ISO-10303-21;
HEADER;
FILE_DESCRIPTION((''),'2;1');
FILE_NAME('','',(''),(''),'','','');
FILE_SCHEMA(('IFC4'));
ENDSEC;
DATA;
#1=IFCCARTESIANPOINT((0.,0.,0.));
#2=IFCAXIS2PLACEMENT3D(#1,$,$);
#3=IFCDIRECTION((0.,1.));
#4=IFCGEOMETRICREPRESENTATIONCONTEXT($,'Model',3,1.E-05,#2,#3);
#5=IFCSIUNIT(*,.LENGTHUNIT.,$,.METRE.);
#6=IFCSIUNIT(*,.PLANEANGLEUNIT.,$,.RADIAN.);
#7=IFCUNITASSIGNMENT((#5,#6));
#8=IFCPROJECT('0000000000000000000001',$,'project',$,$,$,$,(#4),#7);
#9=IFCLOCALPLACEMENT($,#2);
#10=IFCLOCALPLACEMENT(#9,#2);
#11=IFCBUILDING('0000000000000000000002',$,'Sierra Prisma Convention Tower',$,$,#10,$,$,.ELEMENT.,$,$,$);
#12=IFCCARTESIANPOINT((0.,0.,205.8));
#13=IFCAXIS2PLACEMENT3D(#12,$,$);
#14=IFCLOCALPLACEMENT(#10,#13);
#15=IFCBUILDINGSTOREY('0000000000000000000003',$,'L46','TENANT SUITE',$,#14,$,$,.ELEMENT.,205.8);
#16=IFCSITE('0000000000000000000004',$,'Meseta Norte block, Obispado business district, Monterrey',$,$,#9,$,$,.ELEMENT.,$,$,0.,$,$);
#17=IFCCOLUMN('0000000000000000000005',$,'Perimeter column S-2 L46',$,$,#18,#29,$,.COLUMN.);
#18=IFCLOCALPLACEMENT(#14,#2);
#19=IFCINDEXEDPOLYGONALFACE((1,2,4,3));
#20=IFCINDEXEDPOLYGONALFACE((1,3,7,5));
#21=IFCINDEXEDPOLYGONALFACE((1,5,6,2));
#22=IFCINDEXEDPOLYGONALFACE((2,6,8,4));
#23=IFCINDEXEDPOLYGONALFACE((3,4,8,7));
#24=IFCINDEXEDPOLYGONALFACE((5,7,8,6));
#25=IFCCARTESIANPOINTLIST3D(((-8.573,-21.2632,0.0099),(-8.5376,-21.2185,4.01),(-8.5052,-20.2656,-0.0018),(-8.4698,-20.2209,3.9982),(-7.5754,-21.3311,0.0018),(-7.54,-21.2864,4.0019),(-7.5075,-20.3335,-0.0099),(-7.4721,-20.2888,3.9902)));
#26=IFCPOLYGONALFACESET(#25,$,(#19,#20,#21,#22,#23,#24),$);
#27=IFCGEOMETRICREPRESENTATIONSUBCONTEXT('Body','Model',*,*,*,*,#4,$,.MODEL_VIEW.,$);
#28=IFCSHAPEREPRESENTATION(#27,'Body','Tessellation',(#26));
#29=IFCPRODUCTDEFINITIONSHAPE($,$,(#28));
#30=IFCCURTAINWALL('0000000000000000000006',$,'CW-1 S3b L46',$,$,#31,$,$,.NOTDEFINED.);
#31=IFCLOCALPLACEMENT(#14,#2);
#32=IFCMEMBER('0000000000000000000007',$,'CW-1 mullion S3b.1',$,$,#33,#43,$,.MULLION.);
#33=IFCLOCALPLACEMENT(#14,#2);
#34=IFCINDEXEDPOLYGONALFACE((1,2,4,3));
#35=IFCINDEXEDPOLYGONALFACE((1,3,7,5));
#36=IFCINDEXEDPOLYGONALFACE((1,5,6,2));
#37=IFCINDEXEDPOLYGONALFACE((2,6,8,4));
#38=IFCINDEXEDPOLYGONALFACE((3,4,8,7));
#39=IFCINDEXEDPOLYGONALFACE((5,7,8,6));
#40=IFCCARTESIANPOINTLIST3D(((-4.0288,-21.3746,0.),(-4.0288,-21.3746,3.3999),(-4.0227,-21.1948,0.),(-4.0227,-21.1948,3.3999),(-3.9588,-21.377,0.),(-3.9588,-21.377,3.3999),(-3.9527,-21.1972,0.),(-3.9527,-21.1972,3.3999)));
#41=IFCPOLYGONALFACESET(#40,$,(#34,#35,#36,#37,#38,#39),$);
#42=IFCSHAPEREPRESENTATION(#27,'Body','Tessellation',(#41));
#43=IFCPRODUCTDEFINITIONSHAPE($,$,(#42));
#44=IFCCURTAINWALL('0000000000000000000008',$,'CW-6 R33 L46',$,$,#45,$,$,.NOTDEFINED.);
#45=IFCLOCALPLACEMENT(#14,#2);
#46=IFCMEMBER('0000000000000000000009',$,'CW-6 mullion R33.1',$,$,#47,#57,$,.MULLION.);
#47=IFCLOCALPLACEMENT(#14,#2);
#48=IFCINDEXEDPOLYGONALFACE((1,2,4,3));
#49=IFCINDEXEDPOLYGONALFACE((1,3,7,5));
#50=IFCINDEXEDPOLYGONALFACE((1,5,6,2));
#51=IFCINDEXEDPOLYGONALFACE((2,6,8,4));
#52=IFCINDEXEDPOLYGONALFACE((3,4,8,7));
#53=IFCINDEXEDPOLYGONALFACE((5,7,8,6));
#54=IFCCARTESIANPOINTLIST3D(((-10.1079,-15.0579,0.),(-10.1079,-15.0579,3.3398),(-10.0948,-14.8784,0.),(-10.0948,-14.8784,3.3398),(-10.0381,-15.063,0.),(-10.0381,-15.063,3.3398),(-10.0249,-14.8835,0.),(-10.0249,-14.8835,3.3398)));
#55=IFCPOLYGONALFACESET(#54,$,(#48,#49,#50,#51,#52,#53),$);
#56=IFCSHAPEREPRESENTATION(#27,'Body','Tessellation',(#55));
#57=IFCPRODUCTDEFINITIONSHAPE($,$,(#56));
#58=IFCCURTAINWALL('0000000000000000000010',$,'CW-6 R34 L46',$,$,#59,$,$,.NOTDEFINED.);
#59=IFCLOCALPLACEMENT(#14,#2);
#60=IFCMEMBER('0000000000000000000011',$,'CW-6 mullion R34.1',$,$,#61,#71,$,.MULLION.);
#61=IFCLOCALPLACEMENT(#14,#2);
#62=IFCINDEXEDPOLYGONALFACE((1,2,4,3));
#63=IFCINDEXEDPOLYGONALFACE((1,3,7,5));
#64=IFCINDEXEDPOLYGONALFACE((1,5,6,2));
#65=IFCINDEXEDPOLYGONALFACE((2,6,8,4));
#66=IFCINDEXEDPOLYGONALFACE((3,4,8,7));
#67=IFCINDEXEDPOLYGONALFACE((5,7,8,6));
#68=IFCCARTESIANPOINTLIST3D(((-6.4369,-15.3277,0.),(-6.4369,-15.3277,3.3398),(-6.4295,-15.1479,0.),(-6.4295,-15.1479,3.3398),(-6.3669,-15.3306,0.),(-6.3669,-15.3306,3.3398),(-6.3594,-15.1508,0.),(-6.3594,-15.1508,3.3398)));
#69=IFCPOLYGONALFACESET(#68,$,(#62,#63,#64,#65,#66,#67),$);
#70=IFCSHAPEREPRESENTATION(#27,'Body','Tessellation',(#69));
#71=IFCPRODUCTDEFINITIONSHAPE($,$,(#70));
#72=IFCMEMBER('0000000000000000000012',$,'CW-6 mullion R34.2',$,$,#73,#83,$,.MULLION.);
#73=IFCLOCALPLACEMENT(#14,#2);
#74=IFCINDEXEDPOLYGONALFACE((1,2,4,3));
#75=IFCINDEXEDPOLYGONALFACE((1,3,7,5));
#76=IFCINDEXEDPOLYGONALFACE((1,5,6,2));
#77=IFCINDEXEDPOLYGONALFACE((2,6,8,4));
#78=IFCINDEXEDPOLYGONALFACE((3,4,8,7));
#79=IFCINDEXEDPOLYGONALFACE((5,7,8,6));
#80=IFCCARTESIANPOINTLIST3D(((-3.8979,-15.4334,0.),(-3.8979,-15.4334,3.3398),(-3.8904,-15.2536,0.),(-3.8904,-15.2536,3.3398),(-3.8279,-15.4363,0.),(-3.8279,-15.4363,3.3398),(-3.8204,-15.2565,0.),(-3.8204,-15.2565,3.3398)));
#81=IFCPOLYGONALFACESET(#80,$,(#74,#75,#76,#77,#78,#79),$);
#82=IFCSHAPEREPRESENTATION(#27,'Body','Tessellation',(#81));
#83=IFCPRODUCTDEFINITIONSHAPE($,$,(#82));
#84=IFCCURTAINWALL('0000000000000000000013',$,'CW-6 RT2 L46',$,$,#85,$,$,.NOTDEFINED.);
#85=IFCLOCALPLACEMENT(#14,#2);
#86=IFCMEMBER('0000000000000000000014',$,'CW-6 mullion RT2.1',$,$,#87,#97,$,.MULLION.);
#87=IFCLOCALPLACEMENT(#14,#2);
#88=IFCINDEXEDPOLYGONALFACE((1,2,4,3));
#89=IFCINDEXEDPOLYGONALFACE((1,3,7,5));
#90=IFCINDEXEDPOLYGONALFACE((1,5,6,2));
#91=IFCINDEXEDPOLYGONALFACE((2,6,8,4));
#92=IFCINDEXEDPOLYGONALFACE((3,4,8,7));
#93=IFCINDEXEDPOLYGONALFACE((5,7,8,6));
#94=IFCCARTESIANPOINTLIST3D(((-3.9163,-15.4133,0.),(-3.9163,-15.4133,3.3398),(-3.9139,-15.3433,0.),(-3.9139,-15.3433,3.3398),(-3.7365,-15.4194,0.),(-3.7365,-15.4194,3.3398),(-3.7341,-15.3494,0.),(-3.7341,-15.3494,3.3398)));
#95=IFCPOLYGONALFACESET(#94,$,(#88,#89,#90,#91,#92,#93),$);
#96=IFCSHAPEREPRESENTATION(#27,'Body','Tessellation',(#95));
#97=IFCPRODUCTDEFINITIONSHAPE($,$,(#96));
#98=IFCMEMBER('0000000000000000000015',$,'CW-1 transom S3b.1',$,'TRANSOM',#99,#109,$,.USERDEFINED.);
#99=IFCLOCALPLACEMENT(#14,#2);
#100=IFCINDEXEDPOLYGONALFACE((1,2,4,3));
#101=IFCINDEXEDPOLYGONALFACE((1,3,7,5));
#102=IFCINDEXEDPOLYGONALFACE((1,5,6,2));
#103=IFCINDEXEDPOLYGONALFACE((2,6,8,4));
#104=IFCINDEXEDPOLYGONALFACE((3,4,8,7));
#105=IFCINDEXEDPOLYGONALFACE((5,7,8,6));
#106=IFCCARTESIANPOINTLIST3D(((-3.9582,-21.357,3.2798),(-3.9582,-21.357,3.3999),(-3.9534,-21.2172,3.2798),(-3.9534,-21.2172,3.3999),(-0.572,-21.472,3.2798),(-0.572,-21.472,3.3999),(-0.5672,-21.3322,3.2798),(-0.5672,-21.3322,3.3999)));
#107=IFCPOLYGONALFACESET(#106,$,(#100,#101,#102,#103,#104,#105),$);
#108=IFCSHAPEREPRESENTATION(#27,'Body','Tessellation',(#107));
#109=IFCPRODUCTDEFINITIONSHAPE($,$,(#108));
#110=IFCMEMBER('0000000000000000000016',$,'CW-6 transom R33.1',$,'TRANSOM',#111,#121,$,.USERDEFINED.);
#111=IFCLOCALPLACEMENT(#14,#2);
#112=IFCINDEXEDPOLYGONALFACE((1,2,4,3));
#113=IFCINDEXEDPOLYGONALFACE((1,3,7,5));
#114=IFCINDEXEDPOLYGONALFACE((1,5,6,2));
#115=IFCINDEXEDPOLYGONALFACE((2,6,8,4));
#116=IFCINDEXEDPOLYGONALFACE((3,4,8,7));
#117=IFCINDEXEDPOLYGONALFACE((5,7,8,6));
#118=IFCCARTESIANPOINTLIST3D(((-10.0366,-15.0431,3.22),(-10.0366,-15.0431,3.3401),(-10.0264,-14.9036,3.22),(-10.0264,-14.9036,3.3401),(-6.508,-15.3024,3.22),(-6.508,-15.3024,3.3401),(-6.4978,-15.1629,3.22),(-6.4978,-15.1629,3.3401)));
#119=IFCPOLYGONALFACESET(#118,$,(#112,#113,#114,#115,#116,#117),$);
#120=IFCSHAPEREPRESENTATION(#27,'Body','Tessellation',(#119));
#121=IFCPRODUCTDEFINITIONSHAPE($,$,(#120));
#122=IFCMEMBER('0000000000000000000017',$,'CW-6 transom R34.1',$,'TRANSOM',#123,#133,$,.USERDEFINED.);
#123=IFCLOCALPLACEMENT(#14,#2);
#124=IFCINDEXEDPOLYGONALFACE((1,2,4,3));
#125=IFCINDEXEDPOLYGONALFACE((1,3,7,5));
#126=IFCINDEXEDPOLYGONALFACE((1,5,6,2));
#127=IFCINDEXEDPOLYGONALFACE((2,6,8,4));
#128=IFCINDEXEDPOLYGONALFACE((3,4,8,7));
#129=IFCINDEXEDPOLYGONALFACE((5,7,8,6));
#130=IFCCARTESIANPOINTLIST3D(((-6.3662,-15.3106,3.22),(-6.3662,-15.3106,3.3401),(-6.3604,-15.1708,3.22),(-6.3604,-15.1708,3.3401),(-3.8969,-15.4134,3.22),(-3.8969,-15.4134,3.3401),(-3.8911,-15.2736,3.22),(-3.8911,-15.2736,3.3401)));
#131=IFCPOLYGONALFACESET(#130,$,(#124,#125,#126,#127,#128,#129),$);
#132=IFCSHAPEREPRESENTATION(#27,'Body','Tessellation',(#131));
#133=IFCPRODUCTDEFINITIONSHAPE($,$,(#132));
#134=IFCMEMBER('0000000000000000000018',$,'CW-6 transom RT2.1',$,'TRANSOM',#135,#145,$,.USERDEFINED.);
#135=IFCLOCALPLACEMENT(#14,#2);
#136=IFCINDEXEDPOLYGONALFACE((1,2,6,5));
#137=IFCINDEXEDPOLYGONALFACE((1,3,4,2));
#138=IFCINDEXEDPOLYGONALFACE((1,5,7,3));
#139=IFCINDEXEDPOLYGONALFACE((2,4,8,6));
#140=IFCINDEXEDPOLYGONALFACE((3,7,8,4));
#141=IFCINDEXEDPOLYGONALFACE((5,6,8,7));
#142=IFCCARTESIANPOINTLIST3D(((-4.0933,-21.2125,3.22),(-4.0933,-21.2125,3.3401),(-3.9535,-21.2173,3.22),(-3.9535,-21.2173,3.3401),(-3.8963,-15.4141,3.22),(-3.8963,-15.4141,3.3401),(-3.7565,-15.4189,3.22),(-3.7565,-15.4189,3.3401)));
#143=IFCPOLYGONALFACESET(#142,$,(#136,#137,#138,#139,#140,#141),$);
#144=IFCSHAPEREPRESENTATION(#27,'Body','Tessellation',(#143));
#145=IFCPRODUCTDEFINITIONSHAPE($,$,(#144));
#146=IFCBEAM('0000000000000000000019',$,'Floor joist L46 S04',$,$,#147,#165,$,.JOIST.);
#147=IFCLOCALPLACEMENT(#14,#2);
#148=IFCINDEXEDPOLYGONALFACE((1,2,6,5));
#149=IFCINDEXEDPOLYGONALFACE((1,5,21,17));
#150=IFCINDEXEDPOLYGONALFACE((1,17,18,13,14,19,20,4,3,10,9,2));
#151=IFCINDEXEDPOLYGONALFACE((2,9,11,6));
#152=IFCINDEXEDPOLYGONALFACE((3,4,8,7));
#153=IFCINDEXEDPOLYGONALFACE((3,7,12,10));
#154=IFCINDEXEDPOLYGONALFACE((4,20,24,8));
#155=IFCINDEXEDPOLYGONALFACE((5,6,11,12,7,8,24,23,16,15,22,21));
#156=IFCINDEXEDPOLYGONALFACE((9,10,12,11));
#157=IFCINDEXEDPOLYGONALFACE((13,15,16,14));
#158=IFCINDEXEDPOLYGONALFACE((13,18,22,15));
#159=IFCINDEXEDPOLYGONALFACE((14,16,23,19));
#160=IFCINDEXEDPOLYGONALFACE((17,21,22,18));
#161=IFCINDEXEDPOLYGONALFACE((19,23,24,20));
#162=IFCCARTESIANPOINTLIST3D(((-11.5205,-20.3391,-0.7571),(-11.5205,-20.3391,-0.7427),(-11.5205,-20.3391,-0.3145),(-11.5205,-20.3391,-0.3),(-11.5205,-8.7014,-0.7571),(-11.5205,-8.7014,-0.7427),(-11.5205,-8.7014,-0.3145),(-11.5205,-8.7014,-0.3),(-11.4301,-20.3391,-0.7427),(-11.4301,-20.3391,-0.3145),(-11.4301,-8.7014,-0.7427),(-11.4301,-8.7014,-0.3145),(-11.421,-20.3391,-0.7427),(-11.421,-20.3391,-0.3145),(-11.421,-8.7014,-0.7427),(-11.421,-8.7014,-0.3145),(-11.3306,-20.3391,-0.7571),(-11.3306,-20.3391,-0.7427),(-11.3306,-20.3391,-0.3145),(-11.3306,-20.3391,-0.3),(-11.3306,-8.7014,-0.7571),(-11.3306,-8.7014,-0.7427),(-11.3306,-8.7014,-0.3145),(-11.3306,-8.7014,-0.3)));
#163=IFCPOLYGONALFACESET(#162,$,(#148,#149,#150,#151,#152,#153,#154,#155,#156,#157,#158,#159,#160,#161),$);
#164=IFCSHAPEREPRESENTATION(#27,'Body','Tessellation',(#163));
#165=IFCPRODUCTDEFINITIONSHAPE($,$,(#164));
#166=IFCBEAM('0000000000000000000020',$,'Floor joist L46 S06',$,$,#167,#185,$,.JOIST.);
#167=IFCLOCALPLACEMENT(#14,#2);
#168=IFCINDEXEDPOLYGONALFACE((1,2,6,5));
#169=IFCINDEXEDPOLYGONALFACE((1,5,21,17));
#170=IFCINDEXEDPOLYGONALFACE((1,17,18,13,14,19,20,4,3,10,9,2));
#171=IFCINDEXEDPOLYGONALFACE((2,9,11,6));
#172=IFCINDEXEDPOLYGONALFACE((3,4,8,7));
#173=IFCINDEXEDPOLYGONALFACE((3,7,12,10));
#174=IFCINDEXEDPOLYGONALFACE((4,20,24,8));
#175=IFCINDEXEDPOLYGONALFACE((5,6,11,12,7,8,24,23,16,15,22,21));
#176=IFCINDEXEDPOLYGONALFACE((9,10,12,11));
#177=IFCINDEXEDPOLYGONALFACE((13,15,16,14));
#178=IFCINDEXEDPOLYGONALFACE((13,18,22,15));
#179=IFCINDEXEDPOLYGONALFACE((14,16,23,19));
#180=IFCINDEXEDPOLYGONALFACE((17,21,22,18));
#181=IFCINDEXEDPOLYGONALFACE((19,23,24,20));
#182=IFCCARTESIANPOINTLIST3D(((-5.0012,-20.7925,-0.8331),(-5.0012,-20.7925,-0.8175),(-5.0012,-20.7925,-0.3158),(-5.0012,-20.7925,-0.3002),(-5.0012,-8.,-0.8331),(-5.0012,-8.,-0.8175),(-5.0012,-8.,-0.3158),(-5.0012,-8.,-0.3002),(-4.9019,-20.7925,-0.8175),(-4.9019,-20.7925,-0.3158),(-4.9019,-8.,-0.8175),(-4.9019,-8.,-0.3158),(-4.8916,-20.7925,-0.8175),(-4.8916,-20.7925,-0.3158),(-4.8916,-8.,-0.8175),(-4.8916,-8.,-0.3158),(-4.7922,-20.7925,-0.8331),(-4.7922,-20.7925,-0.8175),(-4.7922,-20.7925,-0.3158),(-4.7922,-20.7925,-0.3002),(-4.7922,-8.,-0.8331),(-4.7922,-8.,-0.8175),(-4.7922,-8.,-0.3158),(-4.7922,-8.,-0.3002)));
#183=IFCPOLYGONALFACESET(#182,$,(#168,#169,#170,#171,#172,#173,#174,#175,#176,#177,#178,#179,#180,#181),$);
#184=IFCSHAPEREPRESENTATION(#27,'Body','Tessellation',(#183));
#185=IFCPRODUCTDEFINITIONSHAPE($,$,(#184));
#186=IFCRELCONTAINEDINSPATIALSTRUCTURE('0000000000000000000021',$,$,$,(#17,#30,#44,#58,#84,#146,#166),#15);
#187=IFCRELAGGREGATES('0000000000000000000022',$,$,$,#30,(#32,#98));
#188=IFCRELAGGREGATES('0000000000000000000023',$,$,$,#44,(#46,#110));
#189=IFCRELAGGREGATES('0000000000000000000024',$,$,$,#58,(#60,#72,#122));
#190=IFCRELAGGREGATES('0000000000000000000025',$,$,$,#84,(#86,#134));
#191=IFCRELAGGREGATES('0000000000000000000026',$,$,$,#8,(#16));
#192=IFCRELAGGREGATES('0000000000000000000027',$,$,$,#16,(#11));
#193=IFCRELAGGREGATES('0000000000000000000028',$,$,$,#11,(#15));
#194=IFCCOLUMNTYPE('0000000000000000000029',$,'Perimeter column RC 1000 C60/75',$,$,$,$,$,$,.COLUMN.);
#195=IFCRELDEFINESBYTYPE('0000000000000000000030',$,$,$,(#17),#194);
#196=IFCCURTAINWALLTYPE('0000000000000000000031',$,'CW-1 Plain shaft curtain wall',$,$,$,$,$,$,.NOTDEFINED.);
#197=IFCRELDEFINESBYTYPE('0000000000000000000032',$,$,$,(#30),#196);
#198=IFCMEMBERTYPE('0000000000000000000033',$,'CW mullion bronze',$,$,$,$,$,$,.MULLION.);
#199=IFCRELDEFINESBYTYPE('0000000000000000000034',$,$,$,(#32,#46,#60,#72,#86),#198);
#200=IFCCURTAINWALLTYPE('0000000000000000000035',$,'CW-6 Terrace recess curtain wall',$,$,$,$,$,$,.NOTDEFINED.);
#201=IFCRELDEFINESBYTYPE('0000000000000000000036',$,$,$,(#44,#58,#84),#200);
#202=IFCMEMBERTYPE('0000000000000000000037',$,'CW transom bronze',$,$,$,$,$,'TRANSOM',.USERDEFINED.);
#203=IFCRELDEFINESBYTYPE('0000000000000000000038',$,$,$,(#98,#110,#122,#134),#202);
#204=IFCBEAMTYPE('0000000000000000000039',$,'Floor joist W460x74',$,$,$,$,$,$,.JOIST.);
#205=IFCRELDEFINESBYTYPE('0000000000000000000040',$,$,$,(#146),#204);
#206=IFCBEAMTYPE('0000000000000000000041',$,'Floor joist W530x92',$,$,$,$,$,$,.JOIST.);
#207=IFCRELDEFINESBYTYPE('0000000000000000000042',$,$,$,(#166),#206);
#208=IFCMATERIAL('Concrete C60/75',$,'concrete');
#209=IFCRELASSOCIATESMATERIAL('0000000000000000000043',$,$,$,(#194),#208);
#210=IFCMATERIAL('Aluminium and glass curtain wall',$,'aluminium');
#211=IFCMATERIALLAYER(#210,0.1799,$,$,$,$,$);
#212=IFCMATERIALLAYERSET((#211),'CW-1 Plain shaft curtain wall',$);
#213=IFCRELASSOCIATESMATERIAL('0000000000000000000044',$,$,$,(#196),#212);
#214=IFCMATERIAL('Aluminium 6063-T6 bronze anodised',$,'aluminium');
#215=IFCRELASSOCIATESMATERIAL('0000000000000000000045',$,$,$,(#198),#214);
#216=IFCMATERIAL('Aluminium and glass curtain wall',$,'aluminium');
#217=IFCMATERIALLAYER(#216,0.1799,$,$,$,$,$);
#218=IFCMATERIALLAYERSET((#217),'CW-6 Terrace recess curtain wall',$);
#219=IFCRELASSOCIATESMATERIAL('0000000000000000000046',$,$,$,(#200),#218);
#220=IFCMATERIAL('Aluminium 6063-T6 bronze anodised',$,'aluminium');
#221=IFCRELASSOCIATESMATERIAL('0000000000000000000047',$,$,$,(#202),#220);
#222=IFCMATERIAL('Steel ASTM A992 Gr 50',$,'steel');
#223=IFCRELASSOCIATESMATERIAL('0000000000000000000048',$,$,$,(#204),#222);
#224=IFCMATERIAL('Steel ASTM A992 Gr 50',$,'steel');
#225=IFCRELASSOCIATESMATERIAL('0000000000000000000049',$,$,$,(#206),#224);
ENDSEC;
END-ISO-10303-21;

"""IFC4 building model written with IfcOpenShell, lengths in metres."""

from ifc_helpers import new_model, si_unit, direction, frame, origin, origin_2d, place, context, subcontext, project, spatial, rectangle, i_section, extrude, material, layer, layer_set, material_profile, profile_set, type_object, element, aggregate, save


model = new_model("IFC4")

# Units and contexts
model_context = context("Model", 3, precision=1e-05, world=origin(), true_north=direction((0.0, 1.0)))
body_context = subcontext(model_context, "Body", "Model", "MODEL_VIEW")
ifc_project = project(units=[si_unit("LENGTHUNIT", "METRE"), si_unit("PLANEANGLEUNIT", "RADIAN")], contexts=[model_context])

# Site, building, storey
site_placement = place(None, origin())
site = spatial("IfcSite", under=ifc_project, at=site_placement, Name="Meseta Norte block, Obispado business district, Monterrey", CompositionType="ELEMENT", RefElevation=0.0)
building_placement = place(site_placement, origin())
building = spatial("IfcBuilding", under=site, at=building_placement, Name="Sierra Prisma Convention Tower", CompositionType="ELEMENT")
storey_placement = place(building_placement, frame((0.0, 0.0, 205.8)))
storey = spatial("IfcBuildingStorey", under=building, at=storey_placement, Name="L46", Description="TENANT SUITE", CompositionType="ELEMENT", Elevation=205.8)

# Column
ifc_material_1 = material(Name="Concrete C60/75", Category="concrete")
ifc_material_profile_1 = material_profile(ifc_material_1, rectangle(XDim=1.0, YDim=1.0, at=origin_2d()), Name="Perimeter column RC 1000 C60/75")
ifc_profile_set_1 = profile_set([ifc_material_profile_1], Name="Concrete C60/75")
column_type = type_object("IfcColumnType", Name="Perimeter column RC 1000 C60/75", PredefinedType="COLUMN", material=ifc_profile_set_1)
column_placement = place(storey_placement, frame((-8.0403, -20.7983, 0.0), z_axis=(0.008849, 0.011168, 0.999898), x_axis=(-0.997657, 0.067941, 0.00807)))
element("IfcColumn", 1, at=column_placement, inside=storey, type_object=column_type, Name="Perimeter column S-2 L46", PredefinedType="COLUMN", context=body_context, shape_type="SweptSolid", body=[
    extrude(rectangle(XDim=1.0, YDim=1.0, at=origin_2d()), origin(), (0.0, 0.0, 1.0), 4.0005),
])

# Curtain walls, members
ifc_material_2 = material(Name="Aluminium and glass curtain wall", Category="aluminium")
ifc_layer_1 = layer(ifc_material_2, 0.1799)
ifc_layer_set_1 = layer_set([ifc_layer_1], Name="CW-1 Plain shaft curtain wall")
curtain_wall_type_1 = type_object("IfcCurtainWallType", Name="CW-1 Plain shaft curtain wall", PredefinedType="NOTDEFINED", material=ifc_layer_set_1)
curtain_wall_1_placement = place(storey_placement, origin())
curtain_wall_1 = element("IfcCurtainWall", 2, at=curtain_wall_1_placement, inside=storey, type_object=curtain_wall_type_1, Name="CW-1 S3b L46", PredefinedType="NOTDEFINED")
ifc_material_3 = material(Name="Aluminium 6063-T6 bronze anodised", Category="aluminium")
ifc_material_profile_2 = material_profile(ifc_material_3, rectangle(XDim=0.1799, YDim=0.0701, at=origin_2d()), Name="ALU MULLION 70x180")
ifc_profile_set_2 = profile_set([ifc_material_profile_2], Name="Aluminium 6063-T6 bronze anodised")
member_type_1 = type_object("IfcMemberType", Name="CW mullion bronze", PredefinedType="MULLION", material=ifc_profile_set_2)
member_1_placement = place(storey_placement, frame((-3.9907, -21.2859, 0.0), z_axis=(0.0, 0.0, 1.0), x_axis=(0.033943, 0.999424, 0.0)))
member_1 = element("IfcMember", 3, at=member_1_placement, type_object=member_type_1, Name="CW-1 mullion S3b.1", PredefinedType="MULLION", context=body_context, shape_type="SweptSolid", body=[
    extrude(rectangle(XDim=0.1799, YDim=0.0701, at=origin_2d()), origin(), (0.0, 0.0, 1.0), 3.3999),
])
ifc_material_4 = material(Name="Aluminium and glass curtain wall", Category="aluminium")
ifc_layer_2 = layer(ifc_material_4, 0.1799)
ifc_layer_set_2 = layer_set([ifc_layer_2], Name="CW-6 Terrace recess curtain wall")
curtain_wall_type_2 = type_object("IfcCurtainWallType", Name="CW-6 Terrace recess curtain wall", PredefinedType="NOTDEFINED", material=ifc_layer_set_2)
curtain_wall_2_placement = place(storey_placement, origin())
curtain_wall_2 = element("IfcCurtainWall", 4, at=curtain_wall_2_placement, inside=storey, type_object=curtain_wall_type_2, Name="CW-6 R33 L46", PredefinedType="NOTDEFINED")
member_2_placement = place(storey_placement, frame((-10.0664, -14.9707, 0.0), z_axis=(0.0, 0.0, 1.0), x_axis=(0.073265, 0.997312, 0.0)))
member_2 = element("IfcMember", 5, at=member_2_placement, type_object=member_type_1, Name="CW-6 mullion R33.1", PredefinedType="MULLION", context=body_context, shape_type="SweptSolid", body=[
    extrude(rectangle(XDim=0.1799, YDim=0.0701, at=origin_2d()), origin(), (0.0, 0.0, 1.0), 3.3398),
])

# Curtain wall, members
curtain_wall_3_placement = place(storey_placement, origin())
curtain_wall_3 = element("IfcCurtainWall", 6, at=curtain_wall_3_placement, inside=storey, type_object=curtain_wall_type_2, Name="CW-6 R34 L46", PredefinedType="NOTDEFINED")
member_3_placement = place(storey_placement, frame((-6.3982, -15.2393, 0.0), z_axis=(0.0, 0.0, 1.0), x_axis=(0.041645, 0.999132, 0.0)))
member_3 = element("IfcMember", 7, at=member_3_placement, type_object=member_type_1, Name="CW-6 mullion R34.1", PredefinedType="MULLION", context=body_context, shape_type="SweptSolid", body=[
    extrude(rectangle(XDim=0.1799, YDim=0.0701, at=origin_2d()), origin(), (0.0, 0.0, 1.0), 3.3398),
])
member_4_placement = place(storey_placement, frame((-3.8591, -15.345, 0.0), z_axis=(0.0, 0.0, 1.0), x_axis=(0.041645, 0.999132, 0.0)))
member_4 = element("IfcMember", 8, at=member_4_placement, type_object=member_type_1, Name="CW-6 mullion R34.2", PredefinedType="MULLION", context=body_context, shape_type="SweptSolid", body=[
    extrude(rectangle(XDim=0.1799, YDim=0.0701, at=origin_2d()), origin(), (0.0, 0.0, 1.0), 3.3398),
])

# Curtain wall, member
curtain_wall_4_placement = place(storey_placement, origin())
curtain_wall_4 = element("IfcCurtainWall", 9, at=curtain_wall_4_placement, inside=storey, type_object=curtain_wall_type_2, Name="CW-6 RT2 L46", PredefinedType="NOTDEFINED")
member_5_placement = place(storey_placement, frame((-3.8252, -15.3813, 0.0), z_axis=(0.0, 0.0, 1.0), x_axis=(0.999424, -0.033943, 0.0)))
member_5 = element("IfcMember", 10, at=member_5_placement, type_object=member_type_1, Name="CW-6 mullion RT2.1", PredefinedType="MULLION", context=body_context, shape_type="SweptSolid", body=[
    extrude(rectangle(XDim=0.1799, YDim=0.0701, at=origin_2d()), origin(), (0.0, 0.0, 1.0), 3.3398),
])

# Members
ifc_material_5 = material(Name="Aluminium 6063-T6 bronze anodised", Category="aluminium")
ifc_material_profile_3 = material_profile(ifc_material_5, rectangle(XDim=0.1399, YDim=0.1201, at=origin_2d()), Name="ALU TRANSOM 120x140")
ifc_profile_set_3 = profile_set([ifc_material_profile_3], Name="Aluminium 6063-T6 bronze anodised")
member_type_2 = type_object("IfcMemberType", Name="CW transom bronze", ElementType="TRANSOM", PredefinedType="USERDEFINED", material=ifc_profile_set_3)
member_6_placement = place(storey_placement, frame((-3.9558, -21.2871, 3.3398), z_axis=(0.999424, -0.033939, 0.0), x_axis=(0.033939, 0.999424, 0.0)))
member_6 = element("IfcMember", 11, at=member_6_placement, type_object=member_type_2, Name="CW-1 transom S3b.1", ObjectType="TRANSOM", PredefinedType="USERDEFINED", context=body_context, shape_type="SweptSolid", body=[
    extrude(rectangle(XDim=0.1399, YDim=0.1201, at=origin_2d()), origin(), (0.0, 0.0, 1.0), 3.3882),
])
member_7_placement = place(storey_placement, frame((-10.0315, -14.9734, 3.28), z_axis=(0.997311, -0.073282, 0.0), x_axis=(0.073282, 0.997311, 0.0)))
member_7 = element("IfcMember", 12, at=member_7_placement, type_object=member_type_2, Name="CW-6 transom R33.1", ObjectType="TRANSOM", PredefinedType="USERDEFINED", context=body_context, shape_type="SweptSolid", body=[
    extrude(rectangle(XDim=0.1399, YDim=0.1201, at=origin_2d()), origin(), (0.0, 0.0, 1.0), 3.5381),
])
member_8_placement = place(storey_placement, frame((-6.3633, -15.2407, 3.28), z_axis=(0.999135, -0.041589, 0.0), x_axis=(0.041589, 0.999135, 0.0)))
member_8 = element("IfcMember", 13, at=member_8_placement, type_object=member_type_2, Name="CW-6 transom R34.1", ObjectType="TRANSOM", PredefinedType="USERDEFINED", context=body_context, shape_type="SweptSolid", body=[
    extrude(rectangle(XDim=0.1399, YDim=0.1201, at=origin_2d()), origin(), (0.0, 0.0, 1.0), 2.4714),
])
member_9_placement = place(storey_placement, frame((-3.8264, -15.4165, 3.28), z_axis=(-0.033959, -0.999423, 0.0), x_axis=(0.999423, -0.033959, 0.0)))
member_9 = element("IfcMember", 14, at=member_9_placement, type_object=member_type_2, Name="CW-6 transom RT2.1", ObjectType="TRANSOM", PredefinedType="USERDEFINED", context=body_context, shape_type="SweptSolid", body=[
    extrude(rectangle(XDim=0.1399, YDim=0.1201, at=origin_2d()), origin(), (0.0, 0.0, 1.0), 5.8018),
])

# Beams
ifc_material_6 = material(Name="Steel ASTM A992 Gr 50", Category="steel")
ifc_material_profile_4 = material_profile(ifc_material_6, i_section(OverallWidth=0.1899, OverallDepth=0.457, WebThickness=0.009, FlangeThickness=0.0144, at=origin_2d()), Name="W460x74")
ifc_profile_set_4 = profile_set([ifc_material_profile_4], Name="Steel ASTM A992 Gr 50")
beam_type_1 = type_object("IfcBeamType", Name="Floor joist W460x74", PredefinedType="JOIST", material=ifc_profile_set_4)
beam_1_placement = place(storey_placement, frame((-11.4255, -20.3391, -0.5286), z_axis=(0.0, 1.0, 0.0), x_axis=(-1.0, 0.0, 0.0)))
element("IfcBeam", 15, at=beam_1_placement, inside=storey, type_object=beam_type_1, Name="Floor joist L46 S04", PredefinedType="JOIST", context=body_context, shape_type="SweptSolid", body=[
    extrude(i_section(OverallWidth=0.1899, OverallDepth=0.457, WebThickness=0.009, FlangeThickness=0.0144, at=origin_2d()), origin(), (0.0, 0.0, 1.0), 11.6377),
])
ifc_material_7 = material(Name="Steel ASTM A992 Gr 50", Category="steel")
ifc_material_profile_5 = material_profile(ifc_material_7, i_section(OverallWidth=0.209, OverallDepth=0.533, WebThickness=0.0103, FlangeThickness=0.0156, at=origin_2d()), Name="W530x92")
ifc_profile_set_5 = profile_set([ifc_material_profile_5], Name="Steel ASTM A992 Gr 50")
beam_type_2 = type_object("IfcBeamType", Name="Floor joist W530x92", PredefinedType="JOIST", material=ifc_profile_set_5)
beam_2_placement = place(storey_placement, frame((-4.8967, -20.7925, -0.5667), z_axis=(0.0, 1.0, 0.0), x_axis=(-1.0, 0.0, 0.0)))
element("IfcBeam", 16, at=beam_2_placement, inside=storey, type_object=beam_type_2, Name="Floor joist L46 S06", PredefinedType="JOIST", context=body_context, shape_type="SweptSolid", body=[
    extrude(i_section(OverallWidth=0.209, OverallDepth=0.533, WebThickness=0.0103, FlangeThickness=0.0156, at=origin_2d()), origin(), (0.0, 0.0, 1.0), 12.7925),
])

aggregate(curtain_wall_1, [member_1, member_6])

aggregate(curtain_wall_2, [member_2, member_7])
aggregate(curtain_wall_3, [member_3, member_4, member_8])
aggregate(curtain_wall_4, [member_5, member_9])

save(model, "model.ifc")
